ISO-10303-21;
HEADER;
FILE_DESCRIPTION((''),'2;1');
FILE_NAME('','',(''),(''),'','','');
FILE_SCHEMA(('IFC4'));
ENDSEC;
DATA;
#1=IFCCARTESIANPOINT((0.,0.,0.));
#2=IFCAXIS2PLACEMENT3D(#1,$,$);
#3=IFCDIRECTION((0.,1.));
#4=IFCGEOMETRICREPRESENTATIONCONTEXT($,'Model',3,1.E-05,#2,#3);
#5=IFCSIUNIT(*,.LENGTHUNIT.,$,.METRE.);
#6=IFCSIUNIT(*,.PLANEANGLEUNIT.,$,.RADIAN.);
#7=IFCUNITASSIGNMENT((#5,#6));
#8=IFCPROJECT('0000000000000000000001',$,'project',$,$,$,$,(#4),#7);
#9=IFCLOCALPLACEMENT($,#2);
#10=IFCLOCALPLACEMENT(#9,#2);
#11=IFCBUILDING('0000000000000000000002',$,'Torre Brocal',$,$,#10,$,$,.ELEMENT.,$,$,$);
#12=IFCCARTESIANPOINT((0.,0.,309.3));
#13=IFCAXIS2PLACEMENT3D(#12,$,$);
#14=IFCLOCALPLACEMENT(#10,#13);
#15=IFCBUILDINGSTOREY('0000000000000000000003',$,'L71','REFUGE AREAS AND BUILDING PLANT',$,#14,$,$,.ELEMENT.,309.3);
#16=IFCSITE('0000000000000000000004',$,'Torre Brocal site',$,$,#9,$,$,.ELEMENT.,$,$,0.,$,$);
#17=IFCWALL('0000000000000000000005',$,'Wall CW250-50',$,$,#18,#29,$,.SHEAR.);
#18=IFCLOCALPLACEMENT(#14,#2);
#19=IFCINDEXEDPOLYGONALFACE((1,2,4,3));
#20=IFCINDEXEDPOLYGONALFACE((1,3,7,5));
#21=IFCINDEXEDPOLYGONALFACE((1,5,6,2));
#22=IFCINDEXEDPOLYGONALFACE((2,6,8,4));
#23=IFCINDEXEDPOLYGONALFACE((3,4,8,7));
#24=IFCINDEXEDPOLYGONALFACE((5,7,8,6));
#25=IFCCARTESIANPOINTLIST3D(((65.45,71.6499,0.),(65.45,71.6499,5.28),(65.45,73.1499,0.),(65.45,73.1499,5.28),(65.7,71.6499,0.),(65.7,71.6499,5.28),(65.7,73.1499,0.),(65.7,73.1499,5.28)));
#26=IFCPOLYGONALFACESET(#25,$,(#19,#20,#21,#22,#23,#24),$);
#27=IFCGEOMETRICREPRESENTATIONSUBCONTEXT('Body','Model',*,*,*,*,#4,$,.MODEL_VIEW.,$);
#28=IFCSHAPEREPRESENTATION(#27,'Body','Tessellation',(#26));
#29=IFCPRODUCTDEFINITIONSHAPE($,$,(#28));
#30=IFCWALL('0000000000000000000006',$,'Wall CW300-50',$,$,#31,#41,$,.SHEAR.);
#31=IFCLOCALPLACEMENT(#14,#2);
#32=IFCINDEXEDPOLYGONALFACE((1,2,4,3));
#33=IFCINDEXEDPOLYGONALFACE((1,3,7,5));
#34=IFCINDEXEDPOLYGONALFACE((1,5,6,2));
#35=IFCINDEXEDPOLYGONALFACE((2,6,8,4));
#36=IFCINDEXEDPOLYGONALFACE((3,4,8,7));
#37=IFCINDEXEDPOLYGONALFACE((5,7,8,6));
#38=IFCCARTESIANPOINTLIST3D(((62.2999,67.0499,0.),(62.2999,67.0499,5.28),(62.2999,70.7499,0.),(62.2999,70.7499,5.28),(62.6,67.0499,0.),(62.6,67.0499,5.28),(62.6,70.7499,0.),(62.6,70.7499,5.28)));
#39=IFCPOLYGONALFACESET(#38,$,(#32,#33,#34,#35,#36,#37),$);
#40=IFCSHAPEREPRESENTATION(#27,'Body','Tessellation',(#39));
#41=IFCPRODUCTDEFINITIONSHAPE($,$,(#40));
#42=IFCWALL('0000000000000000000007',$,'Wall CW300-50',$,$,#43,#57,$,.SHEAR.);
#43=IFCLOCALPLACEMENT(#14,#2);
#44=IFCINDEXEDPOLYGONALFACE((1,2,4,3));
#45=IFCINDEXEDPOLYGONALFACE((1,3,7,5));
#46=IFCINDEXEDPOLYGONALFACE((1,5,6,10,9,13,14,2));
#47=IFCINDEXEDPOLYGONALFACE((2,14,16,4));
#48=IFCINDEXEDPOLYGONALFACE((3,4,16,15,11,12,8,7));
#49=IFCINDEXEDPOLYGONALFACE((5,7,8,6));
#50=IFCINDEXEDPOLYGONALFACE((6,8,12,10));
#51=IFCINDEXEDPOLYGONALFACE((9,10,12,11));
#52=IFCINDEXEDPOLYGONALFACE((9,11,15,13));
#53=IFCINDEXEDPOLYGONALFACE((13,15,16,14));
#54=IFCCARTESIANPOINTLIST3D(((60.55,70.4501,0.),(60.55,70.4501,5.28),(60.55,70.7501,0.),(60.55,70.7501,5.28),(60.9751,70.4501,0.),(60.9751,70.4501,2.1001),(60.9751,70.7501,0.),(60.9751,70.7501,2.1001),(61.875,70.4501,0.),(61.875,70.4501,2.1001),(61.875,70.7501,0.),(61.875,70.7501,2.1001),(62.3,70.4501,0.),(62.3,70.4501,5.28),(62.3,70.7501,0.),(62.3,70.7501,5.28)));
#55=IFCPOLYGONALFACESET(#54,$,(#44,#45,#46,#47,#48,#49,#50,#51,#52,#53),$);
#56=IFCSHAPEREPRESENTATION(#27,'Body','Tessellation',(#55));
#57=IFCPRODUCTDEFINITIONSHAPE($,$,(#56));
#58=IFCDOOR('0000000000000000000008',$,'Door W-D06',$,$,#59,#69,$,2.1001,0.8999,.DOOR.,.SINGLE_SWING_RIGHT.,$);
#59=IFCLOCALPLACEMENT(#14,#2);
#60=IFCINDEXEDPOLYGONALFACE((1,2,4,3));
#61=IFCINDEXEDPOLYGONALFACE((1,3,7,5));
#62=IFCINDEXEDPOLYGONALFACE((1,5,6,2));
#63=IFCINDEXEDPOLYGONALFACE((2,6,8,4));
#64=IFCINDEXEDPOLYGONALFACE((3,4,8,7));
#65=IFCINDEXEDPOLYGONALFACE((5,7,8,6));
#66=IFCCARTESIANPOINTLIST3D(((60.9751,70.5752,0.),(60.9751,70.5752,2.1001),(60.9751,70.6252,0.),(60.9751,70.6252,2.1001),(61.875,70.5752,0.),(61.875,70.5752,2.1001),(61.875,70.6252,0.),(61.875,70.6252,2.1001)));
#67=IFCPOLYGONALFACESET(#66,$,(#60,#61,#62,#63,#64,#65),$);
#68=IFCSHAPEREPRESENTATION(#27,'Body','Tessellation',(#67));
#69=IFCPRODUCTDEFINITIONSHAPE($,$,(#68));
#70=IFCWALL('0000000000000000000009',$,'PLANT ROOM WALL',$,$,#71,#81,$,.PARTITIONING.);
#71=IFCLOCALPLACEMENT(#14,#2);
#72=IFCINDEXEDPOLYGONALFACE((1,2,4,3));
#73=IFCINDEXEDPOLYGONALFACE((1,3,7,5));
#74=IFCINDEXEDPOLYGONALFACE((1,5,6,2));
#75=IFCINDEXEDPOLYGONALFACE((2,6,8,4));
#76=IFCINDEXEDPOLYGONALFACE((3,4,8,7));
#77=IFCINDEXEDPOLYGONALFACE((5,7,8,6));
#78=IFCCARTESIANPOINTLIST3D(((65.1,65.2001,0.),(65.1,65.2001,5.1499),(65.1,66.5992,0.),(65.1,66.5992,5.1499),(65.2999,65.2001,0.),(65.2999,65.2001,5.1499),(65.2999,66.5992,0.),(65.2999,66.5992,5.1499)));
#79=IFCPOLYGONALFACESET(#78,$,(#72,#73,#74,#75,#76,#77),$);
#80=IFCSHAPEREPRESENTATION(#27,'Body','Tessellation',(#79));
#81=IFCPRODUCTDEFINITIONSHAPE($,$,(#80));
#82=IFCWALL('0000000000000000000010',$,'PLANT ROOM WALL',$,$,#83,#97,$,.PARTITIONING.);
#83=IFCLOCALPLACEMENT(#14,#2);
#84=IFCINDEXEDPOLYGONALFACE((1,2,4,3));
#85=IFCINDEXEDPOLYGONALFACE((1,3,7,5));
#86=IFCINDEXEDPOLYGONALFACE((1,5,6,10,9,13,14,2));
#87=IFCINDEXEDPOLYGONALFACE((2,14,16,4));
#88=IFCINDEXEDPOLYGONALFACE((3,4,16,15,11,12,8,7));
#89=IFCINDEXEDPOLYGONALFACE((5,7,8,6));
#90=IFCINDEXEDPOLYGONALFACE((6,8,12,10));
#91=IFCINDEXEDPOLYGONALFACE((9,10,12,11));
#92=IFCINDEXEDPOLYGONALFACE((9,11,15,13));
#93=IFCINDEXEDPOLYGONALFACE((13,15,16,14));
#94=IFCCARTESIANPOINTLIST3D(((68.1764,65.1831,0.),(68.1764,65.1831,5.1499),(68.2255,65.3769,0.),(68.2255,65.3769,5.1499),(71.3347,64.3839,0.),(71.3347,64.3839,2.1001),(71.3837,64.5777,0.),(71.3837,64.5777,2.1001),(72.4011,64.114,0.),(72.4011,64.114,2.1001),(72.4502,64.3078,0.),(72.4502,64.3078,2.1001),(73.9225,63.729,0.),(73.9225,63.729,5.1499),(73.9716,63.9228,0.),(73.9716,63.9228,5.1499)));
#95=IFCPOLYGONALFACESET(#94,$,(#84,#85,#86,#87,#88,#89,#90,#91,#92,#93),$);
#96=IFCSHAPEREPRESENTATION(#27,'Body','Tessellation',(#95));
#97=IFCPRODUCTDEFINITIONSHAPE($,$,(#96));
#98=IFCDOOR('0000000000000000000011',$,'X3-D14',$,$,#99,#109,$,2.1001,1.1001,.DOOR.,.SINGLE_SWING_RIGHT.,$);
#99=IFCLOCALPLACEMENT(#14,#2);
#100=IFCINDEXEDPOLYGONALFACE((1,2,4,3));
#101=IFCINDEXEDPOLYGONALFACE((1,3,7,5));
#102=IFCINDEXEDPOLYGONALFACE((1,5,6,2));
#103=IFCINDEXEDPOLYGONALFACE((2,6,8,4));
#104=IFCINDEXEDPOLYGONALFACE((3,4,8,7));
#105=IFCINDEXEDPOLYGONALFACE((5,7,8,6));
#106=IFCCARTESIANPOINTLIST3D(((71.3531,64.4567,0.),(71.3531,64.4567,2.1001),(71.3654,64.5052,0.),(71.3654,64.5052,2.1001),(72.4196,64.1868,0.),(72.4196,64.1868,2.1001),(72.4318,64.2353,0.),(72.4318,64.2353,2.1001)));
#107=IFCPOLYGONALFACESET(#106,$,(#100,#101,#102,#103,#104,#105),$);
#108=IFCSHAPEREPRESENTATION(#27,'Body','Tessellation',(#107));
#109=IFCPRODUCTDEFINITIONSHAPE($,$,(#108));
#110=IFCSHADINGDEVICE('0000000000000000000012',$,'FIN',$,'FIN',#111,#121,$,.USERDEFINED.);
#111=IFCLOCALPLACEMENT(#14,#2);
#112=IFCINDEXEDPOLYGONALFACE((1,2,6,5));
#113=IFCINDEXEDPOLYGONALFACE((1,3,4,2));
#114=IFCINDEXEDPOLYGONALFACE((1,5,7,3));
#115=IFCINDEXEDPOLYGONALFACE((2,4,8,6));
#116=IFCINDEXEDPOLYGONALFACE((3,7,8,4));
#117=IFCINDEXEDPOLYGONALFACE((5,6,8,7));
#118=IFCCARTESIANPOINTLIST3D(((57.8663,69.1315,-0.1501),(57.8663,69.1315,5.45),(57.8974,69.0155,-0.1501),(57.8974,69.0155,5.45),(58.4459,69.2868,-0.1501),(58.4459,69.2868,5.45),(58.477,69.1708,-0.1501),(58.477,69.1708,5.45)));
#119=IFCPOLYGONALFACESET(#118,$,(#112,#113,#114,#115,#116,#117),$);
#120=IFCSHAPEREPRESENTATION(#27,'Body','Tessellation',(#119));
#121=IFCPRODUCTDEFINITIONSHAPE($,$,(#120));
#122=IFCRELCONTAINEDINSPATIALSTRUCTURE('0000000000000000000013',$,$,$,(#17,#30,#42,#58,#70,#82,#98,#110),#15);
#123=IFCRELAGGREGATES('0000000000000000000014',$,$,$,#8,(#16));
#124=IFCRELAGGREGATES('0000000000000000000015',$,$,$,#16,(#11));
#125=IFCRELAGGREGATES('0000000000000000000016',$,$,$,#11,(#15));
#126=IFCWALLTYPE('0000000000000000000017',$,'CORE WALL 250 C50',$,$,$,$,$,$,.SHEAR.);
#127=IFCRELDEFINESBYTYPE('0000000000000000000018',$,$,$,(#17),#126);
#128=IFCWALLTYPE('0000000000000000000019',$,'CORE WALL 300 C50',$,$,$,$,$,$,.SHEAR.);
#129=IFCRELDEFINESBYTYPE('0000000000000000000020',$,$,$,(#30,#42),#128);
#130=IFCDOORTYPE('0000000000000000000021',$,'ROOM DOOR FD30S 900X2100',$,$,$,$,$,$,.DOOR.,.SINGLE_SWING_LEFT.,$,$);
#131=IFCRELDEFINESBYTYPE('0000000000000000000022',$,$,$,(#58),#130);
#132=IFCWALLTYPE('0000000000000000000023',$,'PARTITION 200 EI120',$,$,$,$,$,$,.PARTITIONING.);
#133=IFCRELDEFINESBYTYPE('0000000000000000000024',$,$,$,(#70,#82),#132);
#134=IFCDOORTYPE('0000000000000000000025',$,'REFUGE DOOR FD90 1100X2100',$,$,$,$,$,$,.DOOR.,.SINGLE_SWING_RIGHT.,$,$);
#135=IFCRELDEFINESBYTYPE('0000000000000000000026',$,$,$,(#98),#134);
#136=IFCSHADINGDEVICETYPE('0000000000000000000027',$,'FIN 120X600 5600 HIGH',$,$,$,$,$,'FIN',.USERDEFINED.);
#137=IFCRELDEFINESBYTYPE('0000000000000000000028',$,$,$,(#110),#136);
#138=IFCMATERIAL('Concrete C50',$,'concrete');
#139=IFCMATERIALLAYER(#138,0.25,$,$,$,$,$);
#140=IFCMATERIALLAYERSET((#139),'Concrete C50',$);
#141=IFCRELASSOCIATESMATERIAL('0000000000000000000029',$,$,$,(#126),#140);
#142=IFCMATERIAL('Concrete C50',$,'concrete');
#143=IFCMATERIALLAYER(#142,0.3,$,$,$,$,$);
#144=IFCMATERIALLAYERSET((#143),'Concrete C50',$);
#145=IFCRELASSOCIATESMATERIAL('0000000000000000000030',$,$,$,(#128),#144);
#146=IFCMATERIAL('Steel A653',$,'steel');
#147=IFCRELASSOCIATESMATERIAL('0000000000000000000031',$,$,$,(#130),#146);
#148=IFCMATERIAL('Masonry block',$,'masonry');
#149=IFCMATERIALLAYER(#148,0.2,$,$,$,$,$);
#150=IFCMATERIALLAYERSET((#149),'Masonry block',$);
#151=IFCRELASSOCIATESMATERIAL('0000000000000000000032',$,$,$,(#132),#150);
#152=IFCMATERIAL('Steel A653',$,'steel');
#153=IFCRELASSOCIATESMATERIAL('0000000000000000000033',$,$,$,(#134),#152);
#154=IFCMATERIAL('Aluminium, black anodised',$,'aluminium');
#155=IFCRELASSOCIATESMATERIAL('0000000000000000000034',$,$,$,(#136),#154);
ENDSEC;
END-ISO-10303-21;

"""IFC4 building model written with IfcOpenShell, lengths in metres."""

from ifc_helpers import new_model, si_unit, direction, frame, frame_2d, origin, origin_2d, place, context, subcontext, project, spatial, rectangle, extrude, material, layer, layer_set, material_profile, profile_set, type_object, element, fill, save


model = new_model("IFC4")

# Units and contexts
model_context = context("Model", 3, precision=1e-05, world=origin(), true_north=direction((0.0, 1.0)))
body_context = subcontext(model_context, "Body", "Model", "MODEL_VIEW")
ifc_project = project(units=[si_unit("LENGTHUNIT", "METRE"), si_unit("PLANEANGLEUNIT", "RADIAN")], contexts=[model_context])

# Site, building, storey
site_placement = place(None, origin())
site = spatial("IfcSite", under=ifc_project, at=site_placement, Name="Torre Brocal site", CompositionType="ELEMENT", RefElevation=0.0)
building_placement = place(site_placement, origin())
building = spatial("IfcBuilding", under=site, at=building_placement, Name="Torre Brocal", CompositionType="ELEMENT")
storey_placement = place(building_placement, frame((0.0, 0.0, 309.3)))
storey = spatial("IfcBuildingStorey", under=building, at=storey_placement, Name="L71", Description="REFUGE AREAS AND BUILDING PLANT", CompositionType="ELEMENT", Elevation=309.3)

# Shared definitions
ifc_material_1 = material(Name="Concrete C50", Category="concrete")
ifc_layer_1 = layer(ifc_material_1, 0.25)
ifc_layer_set_1 = layer_set([ifc_layer_1], Name="Concrete C50")
wall_type_1 = type_object("IfcWallType", Name="CORE WALL 250 C50", PredefinedType="SHEAR", material=ifc_layer_set_1)

# Walls
wall_1_placement = place(storey_placement, frame((65.575, 73.1499, 0.0), z_axis=(0.0, 0.0, 1.0), x_axis=(0.0, -1.0, 0.0)))
element("IfcWall", 1, at=wall_1_placement, inside=storey, type_object=wall_type_1, Name="Wall CW250-50", PredefinedType="SHEAR", context=body_context, shape_type="SweptSolid", body=[
    extrude(rectangle(XDim=1.5, YDim=0.25, at=frame_2d((0.75, 0.0))), origin(), (0.0, 0.0, 1.0), 5.28),
])
ifc_material_2 = material(Name="Concrete C50", Category="concrete")
ifc_layer_2 = layer(ifc_material_2, 0.3)
ifc_layer_set_2 = layer_set([ifc_layer_2], Name="Concrete C50")
wall_type_2 = type_object("IfcWallType", Name="CORE WALL 300 C50", PredefinedType="SHEAR", material=ifc_layer_set_2)
wall_2_placement = place(storey_placement, frame((62.45, 70.75, 0.0), z_axis=(0.0, 0.0, 1.0), x_axis=(0.0, -1.0, 0.0)))
element("IfcWall", 2, at=wall_2_placement, inside=storey, type_object=wall_type_2, Name="Wall CW300-50", PredefinedType="SHEAR", context=body_context, shape_type="SweptSolid", body=[
    extrude(rectangle(XDim=3.7, YDim=0.3, at=frame_2d((1.8501, 0.0))), origin(), (0.0, 0.0, 1.0), 5.28),
])

# Wall, opening, door
wall_3_placement = place(storey_placement, frame((62.3, 70.6001, 0.0), z_axis=(0.0, 0.0, 1.0), x_axis=(-1.0, 0.0, 0.0)))
wall_3 = element("IfcWall", 3, at=wall_3_placement, inside=storey, type_object=wall_type_2, Name="Wall CW300-50", PredefinedType="SHEAR", context=body_context, shape_type="SweptSolid", body=[
    extrude(rectangle(XDim=1.75, YDim=0.3, at=frame_2d((0.875, 0.0))), origin(), (0.0, 0.0, 1.0), 5.28),
])
opening_1_placement = place(wall_3_placement, frame((0.425, 0.0, 0.0)))
opening_1 = element("IfcOpeningElement", 4, at=opening_1_placement, cuts=wall_3, PredefinedType="OPENING", context=body_context, shape_type="SweptSolid", body=[
    extrude(rectangle(XDim=0.8999, YDim=2.1001, at=frame_2d((0.45, 1.05))), frame((0.0, 0.1599, 0.0), z_axis=(0.0, -1.0, 0.0), x_axis=(1.0, 0.0, 0.0)), (0.0, 0.0, 1.0), 0.3201),
])
ifc_material_3 = material(Name="Steel A653", Category="steel")
door_type_1 = type_object("IfcDoorType", Name="ROOM DOOR FD30S 900X2100", OperationType="SINGLE_SWING_LEFT", PredefinedType="DOOR", material=ifc_material_3)
door_1_placement = place(opening_1_placement, origin())
door_1 = element("IfcDoor", 5, at=door_1_placement, inside=storey, type_object=door_type_1, Name="Door W-D06", OperationType="SINGLE_SWING_RIGHT", OverallHeight=2.1001, OverallWidth=0.8999, PredefinedType="DOOR", context=body_context, shape_type="SweptSolid", body=[
    extrude(rectangle(XDim=0.8999, YDim=2.1001, at=frame_2d((0.45, 1.05))), frame((0.0, 0.0249, 0.0), z_axis=(0.0, -1.0, 0.0), x_axis=(1.0, 0.0, 0.0)), (0.0, 0.0, 1.0), 0.05),
])
fill(opening_1, door_1)

# Wall
ifc_material_4 = material(Name="Masonry block", Category="masonry")
ifc_layer_3 = layer(ifc_material_4, 0.2)
ifc_layer_set_3 = layer_set([ifc_layer_3], Name="Masonry block")
wall_type_3 = type_object("IfcWallType", Name="PARTITION 200 EI120", PredefinedType="PARTITIONING", material=ifc_layer_set_3)
wall_4_placement = place(storey_placement, frame((65.2, 65.2, 0.0), z_axis=(0.0, 0.0, 1.0), x_axis=(0.0, 1.0, 0.0)))
element("IfcWall", 6, at=wall_4_placement, inside=storey, type_object=wall_type_3, Name="PLANT ROOM WALL", PredefinedType="PARTITIONING", context=body_context, shape_type="SweptSolid", body=[
    extrude(rectangle(XDim=1.3992, YDim=0.2, at=frame_2d((0.6997, 0.0))), origin(), (0.0, 0.0, 1.0), 5.1499),
])

# Wall, opening, door
wall_5_placement = place(storey_placement, frame((68.2009, 65.28, 0.0), z_axis=(0.0, 0.0, 1.0), x_axis=(0.969441, -0.245326, 0.0)))
wall_5 = element("IfcWall", 7, at=wall_5_placement, inside=storey, type_object=wall_type_3, Name="PLANT ROOM WALL", PredefinedType="PARTITIONING", context=body_context, shape_type="SweptSolid", body=[
    extrude(rectangle(XDim=5.9272, YDim=0.2, at=frame_2d((2.9636, 0.0))), origin(), (0.0, 0.0, 1.0), 5.1499),
])
opening_2_placement = place(wall_5_placement, frame((3.2578, 0.0, 0.0)))
opening_2 = element("IfcOpeningElement", 8, at=opening_2_placement, cuts=wall_5, PredefinedType="OPENING", context=body_context, shape_type="SweptSolid", body=[
    extrude(rectangle(XDim=1.1001, YDim=2.1001, at=frame_2d((0.55, 1.05))), frame((0.0, 0.1099, 0.0), z_axis=(0.0, -1.0, 0.0), x_axis=(1.0, 0.0, 0.0)), (0.0, 0.0, 1.0), 0.22),
])
ifc_material_5 = material(Name="Steel A653", Category="steel")
door_type_2 = type_object("IfcDoorType", Name="REFUGE DOOR FD90 1100X2100", OperationType="SINGLE_SWING_RIGHT", PredefinedType="DOOR", material=ifc_material_5)
door_2_placement = place(opening_2_placement, frame((1.1001, 0.0, 0.0), z_axis=(0.0, 0.0, 1.0), x_axis=(-1.0, 0.0, 0.0)))
door_2 = element("IfcDoor", 9, at=door_2_placement, inside=storey, type_object=door_type_2, Name="X3-D14", OperationType="SINGLE_SWING_RIGHT", OverallHeight=2.1001, OverallWidth=1.1001, PredefinedType="DOOR", context=body_context, shape_type="SweptSolid", body=[
    extrude(rectangle(XDim=1.1001, YDim=2.1001, at=frame_2d((0.55, 1.05))), frame((0.0, 0.0249, 0.0), z_axis=(0.0, -1.0, 0.0), x_axis=(1.0, 0.0, 0.0)), (0.0, 0.0, 1.0), 0.05),
])
fill(opening_2, door_2)

# Shading device
ifc_material_6 = material(Name="Aluminium, black anodised", Category="aluminium")
ifc_material_profile_1 = material_profile(ifc_material_6, rectangle(XDim=0.1201, YDim=0.6001, at=origin_2d()), Name="FIN 120X600 5600 HIGH")
ifc_profile_set_1 = profile_set([ifc_material_profile_1], Name="Aluminium, black anodised")
shading_device_type = type_object("IfcShadingDeviceType", Name="FIN 120X600 5600 HIGH", ElementType="FIN", PredefinedType="USERDEFINED", material=ifc_profile_set_1)
shading_device_placement = place(storey_placement, frame((58.1716, 69.1511, -0.1501), z_axis=(0.0, 0.0, 1.0), x_axis=(0.258819, -0.965926, 0.0)))
element("IfcShadingDevice", 10, at=shading_device_placement, inside=storey, type_object=shading_device_type, Name="FIN", ObjectType="FIN", PredefinedType="USERDEFINED", context=body_context, shape_type="SweptSolid", body=[
    extrude(rectangle(XDim=0.1201, YDim=0.6001, at=origin_2d()), origin(), (0.0, 0.0, 1.0), 5.6001),
])

save(model, "model.ifc")
